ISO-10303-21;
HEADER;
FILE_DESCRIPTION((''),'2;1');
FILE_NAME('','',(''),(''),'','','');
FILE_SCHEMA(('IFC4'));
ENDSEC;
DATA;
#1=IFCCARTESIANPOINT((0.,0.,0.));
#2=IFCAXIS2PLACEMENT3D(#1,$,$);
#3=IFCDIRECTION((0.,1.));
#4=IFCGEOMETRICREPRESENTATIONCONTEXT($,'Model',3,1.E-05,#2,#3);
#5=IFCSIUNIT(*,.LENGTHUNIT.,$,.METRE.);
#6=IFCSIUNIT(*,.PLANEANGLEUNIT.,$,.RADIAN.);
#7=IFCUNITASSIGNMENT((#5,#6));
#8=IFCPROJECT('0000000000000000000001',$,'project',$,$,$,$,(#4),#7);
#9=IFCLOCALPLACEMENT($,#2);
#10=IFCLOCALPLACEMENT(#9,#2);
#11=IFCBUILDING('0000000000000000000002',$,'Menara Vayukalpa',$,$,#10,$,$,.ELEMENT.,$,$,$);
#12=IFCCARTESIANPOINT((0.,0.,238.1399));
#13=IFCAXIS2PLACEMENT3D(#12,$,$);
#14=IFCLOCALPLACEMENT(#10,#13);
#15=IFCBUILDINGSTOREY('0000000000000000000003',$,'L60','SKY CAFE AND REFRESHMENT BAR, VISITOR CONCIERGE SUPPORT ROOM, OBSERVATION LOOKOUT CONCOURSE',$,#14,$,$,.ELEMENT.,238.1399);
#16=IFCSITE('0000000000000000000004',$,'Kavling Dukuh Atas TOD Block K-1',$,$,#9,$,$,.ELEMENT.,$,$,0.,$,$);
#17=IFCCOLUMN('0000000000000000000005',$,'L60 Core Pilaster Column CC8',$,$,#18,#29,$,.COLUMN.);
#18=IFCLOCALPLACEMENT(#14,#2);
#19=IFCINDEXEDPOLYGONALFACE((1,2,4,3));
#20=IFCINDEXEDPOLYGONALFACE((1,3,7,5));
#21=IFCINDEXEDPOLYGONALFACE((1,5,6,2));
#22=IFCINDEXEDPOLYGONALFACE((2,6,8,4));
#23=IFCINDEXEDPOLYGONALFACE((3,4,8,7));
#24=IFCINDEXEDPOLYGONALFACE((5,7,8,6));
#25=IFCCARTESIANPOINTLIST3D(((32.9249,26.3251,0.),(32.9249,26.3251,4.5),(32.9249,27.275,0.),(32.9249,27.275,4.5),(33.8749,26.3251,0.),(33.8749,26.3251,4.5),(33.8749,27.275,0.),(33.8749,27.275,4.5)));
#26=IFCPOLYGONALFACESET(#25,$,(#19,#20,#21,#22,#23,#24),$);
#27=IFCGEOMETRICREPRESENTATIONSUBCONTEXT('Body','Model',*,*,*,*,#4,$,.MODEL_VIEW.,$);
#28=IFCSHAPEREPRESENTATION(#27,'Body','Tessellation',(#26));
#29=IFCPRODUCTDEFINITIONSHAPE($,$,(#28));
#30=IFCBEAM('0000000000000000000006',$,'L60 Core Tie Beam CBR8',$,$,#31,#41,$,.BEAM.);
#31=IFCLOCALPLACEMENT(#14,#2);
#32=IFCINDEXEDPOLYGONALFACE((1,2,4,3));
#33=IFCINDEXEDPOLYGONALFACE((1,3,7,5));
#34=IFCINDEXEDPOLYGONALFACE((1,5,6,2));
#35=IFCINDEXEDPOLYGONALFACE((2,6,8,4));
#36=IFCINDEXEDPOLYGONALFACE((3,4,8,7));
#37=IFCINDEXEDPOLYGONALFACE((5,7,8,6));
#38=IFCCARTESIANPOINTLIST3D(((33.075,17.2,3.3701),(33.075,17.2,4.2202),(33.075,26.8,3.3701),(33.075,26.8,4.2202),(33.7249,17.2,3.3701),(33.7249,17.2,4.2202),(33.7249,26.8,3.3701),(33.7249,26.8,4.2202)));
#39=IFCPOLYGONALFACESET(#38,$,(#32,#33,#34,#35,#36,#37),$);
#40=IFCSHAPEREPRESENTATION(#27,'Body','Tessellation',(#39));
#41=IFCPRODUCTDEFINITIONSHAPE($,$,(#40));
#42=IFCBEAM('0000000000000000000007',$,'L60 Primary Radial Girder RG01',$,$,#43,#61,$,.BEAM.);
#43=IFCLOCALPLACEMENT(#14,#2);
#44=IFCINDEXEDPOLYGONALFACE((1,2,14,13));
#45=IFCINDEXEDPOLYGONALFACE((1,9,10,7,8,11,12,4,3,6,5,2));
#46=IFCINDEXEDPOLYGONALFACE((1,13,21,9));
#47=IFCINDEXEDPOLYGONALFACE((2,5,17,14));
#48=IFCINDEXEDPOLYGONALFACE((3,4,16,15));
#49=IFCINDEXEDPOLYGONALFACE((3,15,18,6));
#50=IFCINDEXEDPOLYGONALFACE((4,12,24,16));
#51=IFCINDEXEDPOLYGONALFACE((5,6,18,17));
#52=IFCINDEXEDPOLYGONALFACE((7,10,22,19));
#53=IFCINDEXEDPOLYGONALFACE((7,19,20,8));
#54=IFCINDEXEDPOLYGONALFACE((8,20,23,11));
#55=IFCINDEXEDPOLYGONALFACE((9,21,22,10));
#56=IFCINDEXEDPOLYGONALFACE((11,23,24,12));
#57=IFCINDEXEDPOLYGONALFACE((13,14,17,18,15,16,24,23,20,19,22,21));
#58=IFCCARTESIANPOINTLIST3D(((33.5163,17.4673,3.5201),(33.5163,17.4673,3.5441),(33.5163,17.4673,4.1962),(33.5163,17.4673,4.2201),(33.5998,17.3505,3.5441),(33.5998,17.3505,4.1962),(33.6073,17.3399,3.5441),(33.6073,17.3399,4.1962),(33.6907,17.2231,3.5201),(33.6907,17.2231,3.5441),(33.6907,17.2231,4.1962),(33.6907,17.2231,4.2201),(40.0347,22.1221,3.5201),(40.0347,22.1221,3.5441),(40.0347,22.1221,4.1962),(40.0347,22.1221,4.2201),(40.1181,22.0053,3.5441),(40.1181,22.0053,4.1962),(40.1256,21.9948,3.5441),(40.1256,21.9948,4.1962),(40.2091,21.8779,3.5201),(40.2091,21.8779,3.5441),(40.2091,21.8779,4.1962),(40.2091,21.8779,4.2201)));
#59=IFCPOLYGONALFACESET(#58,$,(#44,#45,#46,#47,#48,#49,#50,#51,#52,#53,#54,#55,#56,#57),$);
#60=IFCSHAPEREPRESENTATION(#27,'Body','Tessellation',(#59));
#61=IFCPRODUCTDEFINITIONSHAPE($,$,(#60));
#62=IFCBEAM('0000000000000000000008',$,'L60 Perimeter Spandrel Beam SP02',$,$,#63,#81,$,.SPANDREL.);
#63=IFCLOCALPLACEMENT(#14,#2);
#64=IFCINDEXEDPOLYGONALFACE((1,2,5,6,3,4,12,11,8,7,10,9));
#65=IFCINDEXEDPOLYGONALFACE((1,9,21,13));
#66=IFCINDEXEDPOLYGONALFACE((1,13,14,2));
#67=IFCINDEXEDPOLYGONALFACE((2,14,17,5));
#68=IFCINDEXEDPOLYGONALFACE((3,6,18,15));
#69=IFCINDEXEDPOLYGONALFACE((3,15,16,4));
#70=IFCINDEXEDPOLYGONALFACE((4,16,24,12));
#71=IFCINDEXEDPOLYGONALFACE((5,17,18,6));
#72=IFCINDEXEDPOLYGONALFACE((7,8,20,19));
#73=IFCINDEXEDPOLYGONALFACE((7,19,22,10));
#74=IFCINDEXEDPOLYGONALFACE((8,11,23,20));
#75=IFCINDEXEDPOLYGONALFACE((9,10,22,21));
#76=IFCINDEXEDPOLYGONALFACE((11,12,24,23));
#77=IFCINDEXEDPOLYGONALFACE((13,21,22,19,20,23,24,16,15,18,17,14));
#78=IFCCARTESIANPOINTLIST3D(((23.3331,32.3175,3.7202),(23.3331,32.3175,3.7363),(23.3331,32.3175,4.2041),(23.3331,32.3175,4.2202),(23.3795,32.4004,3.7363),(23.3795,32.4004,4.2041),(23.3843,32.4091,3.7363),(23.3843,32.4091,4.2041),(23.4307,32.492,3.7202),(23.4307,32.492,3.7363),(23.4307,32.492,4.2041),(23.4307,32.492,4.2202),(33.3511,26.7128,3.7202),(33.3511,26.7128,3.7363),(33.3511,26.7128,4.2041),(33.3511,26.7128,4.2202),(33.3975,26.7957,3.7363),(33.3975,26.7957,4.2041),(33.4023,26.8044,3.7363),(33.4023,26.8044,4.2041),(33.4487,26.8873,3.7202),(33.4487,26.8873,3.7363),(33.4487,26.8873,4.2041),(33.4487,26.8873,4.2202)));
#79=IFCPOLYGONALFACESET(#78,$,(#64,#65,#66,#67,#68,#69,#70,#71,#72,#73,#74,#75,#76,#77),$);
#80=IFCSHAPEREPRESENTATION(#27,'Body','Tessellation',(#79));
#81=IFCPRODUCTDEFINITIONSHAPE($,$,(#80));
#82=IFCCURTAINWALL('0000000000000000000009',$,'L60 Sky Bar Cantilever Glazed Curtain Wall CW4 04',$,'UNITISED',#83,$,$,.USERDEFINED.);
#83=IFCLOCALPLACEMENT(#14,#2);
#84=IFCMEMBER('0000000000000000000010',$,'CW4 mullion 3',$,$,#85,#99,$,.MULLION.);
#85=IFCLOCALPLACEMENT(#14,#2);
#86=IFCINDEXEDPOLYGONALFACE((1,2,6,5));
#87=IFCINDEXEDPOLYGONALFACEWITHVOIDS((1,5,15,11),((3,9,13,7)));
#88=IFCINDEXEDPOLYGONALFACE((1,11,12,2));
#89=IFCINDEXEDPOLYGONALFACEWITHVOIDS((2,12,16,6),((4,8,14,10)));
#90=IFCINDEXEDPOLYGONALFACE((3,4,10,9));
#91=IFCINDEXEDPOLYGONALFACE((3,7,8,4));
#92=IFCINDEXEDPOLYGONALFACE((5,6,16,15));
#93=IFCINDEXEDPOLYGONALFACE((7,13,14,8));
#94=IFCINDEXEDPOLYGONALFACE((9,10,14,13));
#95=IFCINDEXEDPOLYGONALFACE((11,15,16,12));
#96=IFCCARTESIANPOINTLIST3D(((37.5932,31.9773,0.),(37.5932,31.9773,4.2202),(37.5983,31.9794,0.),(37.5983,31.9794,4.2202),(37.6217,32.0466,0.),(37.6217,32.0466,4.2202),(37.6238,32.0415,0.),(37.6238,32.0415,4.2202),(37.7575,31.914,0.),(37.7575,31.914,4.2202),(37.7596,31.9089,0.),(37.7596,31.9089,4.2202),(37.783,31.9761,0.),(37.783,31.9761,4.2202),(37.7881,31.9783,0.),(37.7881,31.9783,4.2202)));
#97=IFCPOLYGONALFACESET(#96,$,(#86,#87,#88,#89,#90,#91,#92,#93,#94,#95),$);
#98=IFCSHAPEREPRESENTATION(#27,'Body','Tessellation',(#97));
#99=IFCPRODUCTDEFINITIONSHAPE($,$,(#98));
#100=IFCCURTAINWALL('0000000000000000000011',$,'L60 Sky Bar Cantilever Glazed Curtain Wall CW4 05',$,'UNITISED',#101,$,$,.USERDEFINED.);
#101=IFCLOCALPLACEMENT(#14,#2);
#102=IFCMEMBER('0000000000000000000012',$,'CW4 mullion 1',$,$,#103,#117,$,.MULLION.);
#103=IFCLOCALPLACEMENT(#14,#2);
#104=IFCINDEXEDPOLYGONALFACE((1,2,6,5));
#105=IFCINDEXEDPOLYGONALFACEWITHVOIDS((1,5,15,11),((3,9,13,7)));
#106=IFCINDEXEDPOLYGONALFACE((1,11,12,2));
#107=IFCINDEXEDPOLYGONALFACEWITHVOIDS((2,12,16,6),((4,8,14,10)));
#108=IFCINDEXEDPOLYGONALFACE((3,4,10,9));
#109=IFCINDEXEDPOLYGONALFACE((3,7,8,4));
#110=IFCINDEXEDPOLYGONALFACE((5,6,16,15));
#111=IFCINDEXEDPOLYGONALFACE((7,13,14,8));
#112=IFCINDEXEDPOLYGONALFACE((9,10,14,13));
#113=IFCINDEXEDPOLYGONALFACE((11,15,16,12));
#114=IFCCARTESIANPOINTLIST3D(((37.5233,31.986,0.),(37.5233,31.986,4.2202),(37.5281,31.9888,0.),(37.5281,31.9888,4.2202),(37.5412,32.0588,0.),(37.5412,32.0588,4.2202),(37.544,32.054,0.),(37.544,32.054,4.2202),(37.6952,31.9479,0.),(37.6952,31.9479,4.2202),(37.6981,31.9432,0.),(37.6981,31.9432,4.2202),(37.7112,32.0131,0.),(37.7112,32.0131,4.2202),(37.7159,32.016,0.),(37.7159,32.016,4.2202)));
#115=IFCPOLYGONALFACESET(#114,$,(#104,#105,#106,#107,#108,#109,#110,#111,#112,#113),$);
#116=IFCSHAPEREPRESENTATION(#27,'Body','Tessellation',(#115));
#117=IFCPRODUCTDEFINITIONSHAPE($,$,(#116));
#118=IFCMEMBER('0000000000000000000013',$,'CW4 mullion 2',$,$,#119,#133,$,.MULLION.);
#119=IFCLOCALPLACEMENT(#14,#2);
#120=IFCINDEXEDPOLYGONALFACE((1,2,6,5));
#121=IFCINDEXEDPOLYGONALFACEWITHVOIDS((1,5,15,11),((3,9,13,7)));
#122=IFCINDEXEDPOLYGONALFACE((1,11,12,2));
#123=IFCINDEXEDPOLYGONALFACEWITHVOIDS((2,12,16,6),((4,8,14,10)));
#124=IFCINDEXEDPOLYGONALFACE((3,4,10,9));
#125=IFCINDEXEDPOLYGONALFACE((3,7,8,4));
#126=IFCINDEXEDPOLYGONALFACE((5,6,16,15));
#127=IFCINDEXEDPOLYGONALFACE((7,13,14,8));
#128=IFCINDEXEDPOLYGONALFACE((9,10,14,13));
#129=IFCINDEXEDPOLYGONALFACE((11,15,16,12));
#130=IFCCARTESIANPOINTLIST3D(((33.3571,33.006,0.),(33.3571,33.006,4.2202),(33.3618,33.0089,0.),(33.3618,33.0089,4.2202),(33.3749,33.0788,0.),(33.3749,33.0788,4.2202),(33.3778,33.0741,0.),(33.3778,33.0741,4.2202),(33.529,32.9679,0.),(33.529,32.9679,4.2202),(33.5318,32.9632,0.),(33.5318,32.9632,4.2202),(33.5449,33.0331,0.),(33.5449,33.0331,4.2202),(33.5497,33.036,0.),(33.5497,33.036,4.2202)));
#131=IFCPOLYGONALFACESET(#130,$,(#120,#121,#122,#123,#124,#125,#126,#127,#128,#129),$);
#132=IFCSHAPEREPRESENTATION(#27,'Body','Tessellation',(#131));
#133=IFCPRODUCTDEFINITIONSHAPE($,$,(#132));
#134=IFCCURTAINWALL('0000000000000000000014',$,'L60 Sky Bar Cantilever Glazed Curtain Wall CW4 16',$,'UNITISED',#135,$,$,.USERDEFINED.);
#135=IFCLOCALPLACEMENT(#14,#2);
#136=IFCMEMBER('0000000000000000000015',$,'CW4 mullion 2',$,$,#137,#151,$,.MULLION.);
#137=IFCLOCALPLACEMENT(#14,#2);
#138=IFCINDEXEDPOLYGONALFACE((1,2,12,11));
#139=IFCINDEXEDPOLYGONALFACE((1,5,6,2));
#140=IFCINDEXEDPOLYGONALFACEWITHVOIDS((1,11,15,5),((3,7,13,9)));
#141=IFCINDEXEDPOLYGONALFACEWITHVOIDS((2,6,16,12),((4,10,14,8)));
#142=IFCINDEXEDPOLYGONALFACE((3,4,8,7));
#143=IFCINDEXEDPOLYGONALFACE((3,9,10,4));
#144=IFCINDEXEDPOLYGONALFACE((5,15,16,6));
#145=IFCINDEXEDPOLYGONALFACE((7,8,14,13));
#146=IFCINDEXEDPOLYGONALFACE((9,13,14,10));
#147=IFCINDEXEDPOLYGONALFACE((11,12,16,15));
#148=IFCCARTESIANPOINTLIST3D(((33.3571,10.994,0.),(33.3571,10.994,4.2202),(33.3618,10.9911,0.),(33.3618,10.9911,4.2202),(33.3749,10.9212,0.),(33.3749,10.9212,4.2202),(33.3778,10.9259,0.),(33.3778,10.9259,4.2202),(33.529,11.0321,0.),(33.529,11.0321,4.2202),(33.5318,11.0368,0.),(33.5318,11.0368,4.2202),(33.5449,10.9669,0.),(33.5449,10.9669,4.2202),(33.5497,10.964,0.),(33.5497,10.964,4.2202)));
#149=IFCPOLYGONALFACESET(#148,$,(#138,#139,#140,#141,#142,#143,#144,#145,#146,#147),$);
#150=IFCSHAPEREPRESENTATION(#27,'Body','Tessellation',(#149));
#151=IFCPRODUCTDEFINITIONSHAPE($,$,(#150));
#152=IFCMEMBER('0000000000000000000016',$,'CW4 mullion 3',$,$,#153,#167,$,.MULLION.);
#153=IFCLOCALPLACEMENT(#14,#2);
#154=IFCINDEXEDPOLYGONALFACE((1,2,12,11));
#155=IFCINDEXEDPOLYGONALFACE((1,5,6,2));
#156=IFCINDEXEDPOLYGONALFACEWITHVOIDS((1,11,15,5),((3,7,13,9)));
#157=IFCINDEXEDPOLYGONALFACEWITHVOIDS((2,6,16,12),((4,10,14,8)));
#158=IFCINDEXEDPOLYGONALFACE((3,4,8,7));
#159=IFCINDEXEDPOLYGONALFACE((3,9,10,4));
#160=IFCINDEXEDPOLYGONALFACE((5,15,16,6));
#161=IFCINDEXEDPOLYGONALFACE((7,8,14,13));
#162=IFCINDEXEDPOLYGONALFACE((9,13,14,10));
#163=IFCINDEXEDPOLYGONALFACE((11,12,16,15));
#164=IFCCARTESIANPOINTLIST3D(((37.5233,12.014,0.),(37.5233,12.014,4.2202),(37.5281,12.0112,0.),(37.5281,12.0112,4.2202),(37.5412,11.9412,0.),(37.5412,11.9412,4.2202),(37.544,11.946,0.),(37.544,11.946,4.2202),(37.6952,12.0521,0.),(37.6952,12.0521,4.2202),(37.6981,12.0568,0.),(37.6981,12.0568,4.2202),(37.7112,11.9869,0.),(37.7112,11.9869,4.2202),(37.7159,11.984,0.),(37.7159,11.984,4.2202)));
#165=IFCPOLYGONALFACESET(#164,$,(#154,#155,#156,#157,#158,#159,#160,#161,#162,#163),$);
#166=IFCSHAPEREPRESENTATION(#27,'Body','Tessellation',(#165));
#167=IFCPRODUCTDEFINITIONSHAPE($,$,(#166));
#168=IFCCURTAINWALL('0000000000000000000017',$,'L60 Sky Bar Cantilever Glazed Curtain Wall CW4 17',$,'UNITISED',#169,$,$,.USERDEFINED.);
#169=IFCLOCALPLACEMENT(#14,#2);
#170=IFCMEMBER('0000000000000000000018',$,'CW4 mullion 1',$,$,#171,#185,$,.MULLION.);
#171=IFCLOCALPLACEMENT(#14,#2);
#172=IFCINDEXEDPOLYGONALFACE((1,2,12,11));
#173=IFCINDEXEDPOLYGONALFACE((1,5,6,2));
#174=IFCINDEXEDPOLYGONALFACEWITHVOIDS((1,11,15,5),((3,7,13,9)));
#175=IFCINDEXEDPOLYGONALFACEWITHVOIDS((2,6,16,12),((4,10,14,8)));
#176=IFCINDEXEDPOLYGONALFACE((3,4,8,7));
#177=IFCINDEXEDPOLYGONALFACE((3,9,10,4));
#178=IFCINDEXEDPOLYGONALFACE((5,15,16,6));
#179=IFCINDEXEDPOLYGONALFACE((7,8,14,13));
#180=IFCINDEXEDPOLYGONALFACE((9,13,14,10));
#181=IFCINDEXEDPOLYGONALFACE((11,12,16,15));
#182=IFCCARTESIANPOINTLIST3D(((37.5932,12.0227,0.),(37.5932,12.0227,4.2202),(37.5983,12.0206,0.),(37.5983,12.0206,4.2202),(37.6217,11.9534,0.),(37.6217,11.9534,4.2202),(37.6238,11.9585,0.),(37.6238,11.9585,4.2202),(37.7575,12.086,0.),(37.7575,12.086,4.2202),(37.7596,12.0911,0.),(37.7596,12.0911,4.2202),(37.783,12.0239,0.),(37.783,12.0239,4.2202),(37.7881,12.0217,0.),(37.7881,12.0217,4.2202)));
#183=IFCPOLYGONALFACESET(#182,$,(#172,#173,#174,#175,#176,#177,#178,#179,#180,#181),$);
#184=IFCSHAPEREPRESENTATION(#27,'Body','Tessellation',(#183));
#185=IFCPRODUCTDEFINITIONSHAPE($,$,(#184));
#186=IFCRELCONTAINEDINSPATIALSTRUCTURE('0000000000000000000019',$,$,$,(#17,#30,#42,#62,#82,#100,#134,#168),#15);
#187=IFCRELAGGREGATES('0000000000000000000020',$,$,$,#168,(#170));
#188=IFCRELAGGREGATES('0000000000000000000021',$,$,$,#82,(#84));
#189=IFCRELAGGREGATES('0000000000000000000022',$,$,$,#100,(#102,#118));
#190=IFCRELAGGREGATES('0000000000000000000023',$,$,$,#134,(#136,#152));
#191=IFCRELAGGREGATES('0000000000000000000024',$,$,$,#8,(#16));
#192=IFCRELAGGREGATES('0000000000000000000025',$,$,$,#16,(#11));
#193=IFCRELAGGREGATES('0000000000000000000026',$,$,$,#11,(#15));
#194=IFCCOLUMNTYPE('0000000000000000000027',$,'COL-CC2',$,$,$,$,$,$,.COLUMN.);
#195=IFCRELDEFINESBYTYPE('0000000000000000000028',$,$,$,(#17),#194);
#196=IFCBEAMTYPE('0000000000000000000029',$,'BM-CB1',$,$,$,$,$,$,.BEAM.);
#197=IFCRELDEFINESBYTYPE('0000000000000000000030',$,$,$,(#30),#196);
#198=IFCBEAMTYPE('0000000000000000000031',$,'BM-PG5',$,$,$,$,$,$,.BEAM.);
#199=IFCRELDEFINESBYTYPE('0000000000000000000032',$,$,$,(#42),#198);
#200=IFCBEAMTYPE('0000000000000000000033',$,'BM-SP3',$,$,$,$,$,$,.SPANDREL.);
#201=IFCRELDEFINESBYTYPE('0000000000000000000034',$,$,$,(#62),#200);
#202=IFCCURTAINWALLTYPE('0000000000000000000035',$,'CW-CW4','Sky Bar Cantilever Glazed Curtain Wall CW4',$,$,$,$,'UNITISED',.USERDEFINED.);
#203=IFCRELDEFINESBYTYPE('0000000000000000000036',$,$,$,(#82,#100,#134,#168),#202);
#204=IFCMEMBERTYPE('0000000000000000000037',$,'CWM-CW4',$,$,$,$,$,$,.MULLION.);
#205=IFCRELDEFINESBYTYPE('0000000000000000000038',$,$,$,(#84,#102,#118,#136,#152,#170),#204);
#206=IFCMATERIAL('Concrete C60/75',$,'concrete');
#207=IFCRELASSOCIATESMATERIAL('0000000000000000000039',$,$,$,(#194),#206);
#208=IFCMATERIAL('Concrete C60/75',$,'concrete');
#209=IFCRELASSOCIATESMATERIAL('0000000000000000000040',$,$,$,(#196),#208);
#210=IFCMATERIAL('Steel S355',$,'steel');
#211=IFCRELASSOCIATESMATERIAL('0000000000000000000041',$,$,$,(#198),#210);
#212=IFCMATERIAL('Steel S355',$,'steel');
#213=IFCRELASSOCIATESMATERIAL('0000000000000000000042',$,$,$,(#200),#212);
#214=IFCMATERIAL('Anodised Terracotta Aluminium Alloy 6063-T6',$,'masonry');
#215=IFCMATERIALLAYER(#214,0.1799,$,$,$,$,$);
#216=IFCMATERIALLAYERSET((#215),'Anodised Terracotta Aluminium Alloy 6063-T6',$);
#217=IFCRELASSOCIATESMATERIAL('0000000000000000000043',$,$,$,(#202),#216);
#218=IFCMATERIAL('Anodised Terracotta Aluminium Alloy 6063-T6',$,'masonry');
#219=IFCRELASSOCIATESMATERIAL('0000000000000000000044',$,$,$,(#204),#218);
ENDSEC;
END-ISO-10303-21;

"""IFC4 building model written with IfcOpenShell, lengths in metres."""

from ifc_helpers import new_model, si_unit, direction, frame, origin, origin_2d, place, context, subcontext, project, spatial, rectangle, hollow_rectangle, i_section, extrude, material, layer, layer_set, material_profile, profile_set, type_object, element, aggregate, save


model = new_model("IFC4")

# Units and contexts
model_context = context("Model", 3, precision=1e-05, world=origin(), true_north=direction((0.0, 1.0)))
body_context = subcontext(model_context, "Body", "Model", "MODEL_VIEW")
ifc_project = project(units=[si_unit("LENGTHUNIT", "METRE"), si_unit("PLANEANGLEUNIT", "RADIAN")], contexts=[model_context])

# Site, building, storey
site_placement = place(None, origin())
site = spatial("IfcSite", under=ifc_project, at=site_placement, Name="Kavling Dukuh Atas TOD Block K-1", CompositionType="ELEMENT", RefElevation=0.0)
building_placement = place(site_placement, origin())
building = spatial("IfcBuilding", under=site, at=building_placement, Name="Menara Vayukalpa", CompositionType="ELEMENT")
storey_placement = place(building_placement, frame((0.0, 0.0, 238.1399)))
storey = spatial("IfcBuildingStorey", under=building, at=storey_placement, Name="L60", Description="SKY CAFE AND REFRESHMENT BAR, VISITOR CONCIERGE SUPPORT ROOM, OBSERVATION LOOKOUT CONCOURSE", CompositionType="ELEMENT", Elevation=238.1399)

# Column
ifc_material_1 = material(Name="Concrete C60/75", Category="concrete")
ifc_material_profile_1 = material_profile(ifc_material_1, rectangle(XDim=0.95, YDim=0.95, at=origin_2d()), Name="RC 950x950")
ifc_profile_set_1 = profile_set([ifc_material_profile_1], Name="Concrete C60/75")
column_type = type_object("IfcColumnType", Name="COL-CC2", PredefinedType="COLUMN", material=ifc_profile_set_1)
column_placement = place(storey_placement, frame((33.3999, 26.8, 0.0), z_axis=(0.0, 0.0, 1.0), x_axis=(1.0, 0.0, 0.0)))
element("IfcColumn", 1, at=column_placement, inside=storey, type_object=column_type, Name="L60 Core Pilaster Column CC8", PredefinedType="COLUMN", context=body_context, shape_type="SweptSolid", body=[
    extrude(rectangle(XDim=0.95, YDim=0.95, at=origin_2d()), origin(), (0.0, 0.0, 1.0), 4.5),
])

# Beams
ifc_material_2 = material(Name="Concrete C60/75", Category="concrete")
ifc_material_profile_2 = material_profile(ifc_material_2, rectangle(XDim=0.6499, YDim=0.8501, at=origin_2d()), Name="RC 650x850")
ifc_profile_set_2 = profile_set([ifc_material_profile_2], Name="Concrete C60/75")
beam_type_1 = type_object("IfcBeamType", Name="BM-CB1", PredefinedType="BEAM", material=ifc_profile_set_2)
beam_1_placement = place(storey_placement, frame((33.3999, 17.2, 3.7952), z_axis=(0.0, 1.0, 0.0), x_axis=(-1.0, 0.0, 0.0)))
element("IfcBeam", 2, at=beam_1_placement, inside=storey, type_object=beam_type_1, Name="L60 Core Tie Beam CBR8", PredefinedType="BEAM", context=body_context, shape_type="SweptSolid", body=[
    extrude(rectangle(XDim=0.6499, YDim=0.8501, at=origin_2d()), origin(), (0.0, 0.0, 1.0), 9.6001),
])
ifc_material_3 = material(Name="Steel S355", Category="steel")
ifc_material_profile_3 = material_profile(ifc_material_3, i_section(OverallWidth=0.3, OverallDepth=0.7, WebThickness=0.0129, FlangeThickness=0.0239, at=origin_2d()), Name="WF 700x300x13x24")
ifc_profile_set_3 = profile_set([ifc_material_profile_3], Name="Steel S355")
beam_type_2 = type_object("IfcBeamType", Name="BM-PG5", PredefinedType="BEAM", material=ifc_profile_set_3)
beam_2_placement = place(storey_placement, frame((33.6035, 17.3452, 3.8701), z_axis=(0.813801, 0.581143, 0.0), x_axis=(-0.581143, 0.813801, 0.0)))
element("IfcBeam", 3, at=beam_2_placement, inside=storey, type_object=beam_type_2, Name="L60 Primary Radial Girder RG01", PredefinedType="BEAM", context=body_context, shape_type="SweptSolid", body=[
    extrude(i_section(OverallWidth=0.3, OverallDepth=0.7, WebThickness=0.0129, FlangeThickness=0.0239, at=origin_2d()), origin(), (0.0, 0.0, 1.0), 8.0098),
])
ifc_material_4 = material(Name="Steel S355", Category="steel")
ifc_material_profile_4 = material_profile(ifc_material_4, i_section(OverallWidth=0.2, OverallDepth=0.5, WebThickness=0.01, FlangeThickness=0.0161, at=origin_2d()), Name="WF 500x200x10x16")
ifc_profile_set_4 = profile_set([ifc_material_profile_4], Name="Steel S355")
beam_type_3 = type_object("IfcBeamType", Name="BM-SP3", PredefinedType="SPANDREL", material=ifc_profile_set_4)
beam_3_placement = place(storey_placement, frame((33.3999, 26.8, 3.9702), z_axis=(-0.872706, 0.488246, 0.0), x_axis=(-0.488246, -0.872706, 0.0)))
element("IfcBeam", 4, at=beam_3_placement, inside=storey, type_object=beam_type_3, Name="L60 Perimeter Spandrel Beam SP02", PredefinedType="SPANDREL", context=body_context, shape_type="SweptSolid", body=[
    extrude(i_section(OverallWidth=0.2, OverallDepth=0.5, WebThickness=0.01, FlangeThickness=0.0161, at=origin_2d()), origin(), (0.0, 0.0, 1.0), 11.4792),
])

# Curtain wall, member
ifc_material_5 = material(Name="Anodised Terracotta Aluminium Alloy 6063-T6", Category="masonry")
ifc_layer_1 = layer(ifc_material_5, 0.1799)
ifc_layer_set_1 = layer_set([ifc_layer_1], Name="Anodised Terracotta Aluminium Alloy 6063-T6")
curtain_wall_type = type_object("IfcCurtainWallType", Name="CW-CW4", Description="Sky Bar Cantilever Glazed Curtain Wall CW4", ElementType="UNITISED", PredefinedType="USERDEFINED", material=ifc_layer_set_1)
curtain_wall_1_placement = place(storey_placement, origin())
curtain_wall_1 = element("IfcCurtainWall", 5, at=curtain_wall_1_placement, inside=storey, type_object=curtain_wall_type, Name="L60 Sky Bar Cantilever Glazed Curtain Wall CW4 04", ObjectType="UNITISED", PredefinedType="USERDEFINED")
ifc_material_6 = material(Name="Anodised Terracotta Aluminium Alloy 6063-T6", Category="masonry")
ifc_material_profile_5 = material_profile(ifc_material_6, hollow_rectangle(XDim=0.075, YDim=0.1799, WallThickness=0.0039, at=origin_2d()), Name="ALU 75x180x4")
ifc_profile_set_5 = profile_set([ifc_material_profile_5], Name="Anodised Terracotta Aluminium Alloy 6063-T6")
member_type_1 = type_object("IfcMemberType", Name="CWM-CW4", PredefinedType="MULLION", material=ifc_profile_set_5)
member_1_placement = place(storey_placement, frame((37.6907, 31.9778, 0.0), z_axis=(0.0, 0.0, 1.0), x_axis=(-0.380039, -0.92497, 0.0)))
member_1 = element("IfcMember", 6, at=member_1_placement, type_object=member_type_1, Name="CW4 mullion 3", PredefinedType="MULLION", context=body_context, shape_type="SweptSolid", body=[
    extrude(hollow_rectangle(XDim=0.075, YDim=0.1799, WallThickness=0.0039, at=origin_2d()), origin(), (0.0, 0.0, 1.0), 4.2202),
])

# Curtain walls, members
curtain_wall_2_placement = place(storey_placement, origin())
curtain_wall_2 = element("IfcCurtainWall", 7, at=curtain_wall_2_placement, inside=storey, type_object=curtain_wall_type, Name="L60 Sky Bar Cantilever Glazed Curtain Wall CW4 05", ObjectType="UNITISED", PredefinedType="USERDEFINED")
member_2_placement = place(storey_placement, frame((37.6196, 32.001, 0.0), z_axis=(0.0, 0.0, 1.0), x_axis=(-0.23781, -0.971312, 0.0)))
member_2 = element("IfcMember", 8, at=member_2_placement, type_object=member_type_1, Name="CW4 mullion 1", PredefinedType="MULLION", context=body_context, shape_type="SweptSolid", body=[
    extrude(hollow_rectangle(XDim=0.075, YDim=0.1799, WallThickness=0.0039, at=origin_2d()), origin(), (0.0, 0.0, 1.0), 4.2202),
])
member_3_placement = place(storey_placement, frame((33.4534, 33.021, 0.0), z_axis=(0.0, 0.0, 1.0), x_axis=(-0.23781, -0.971312, 0.0)))
member_3 = element("IfcMember", 9, at=member_3_placement, type_object=member_type_1, Name="CW4 mullion 2", PredefinedType="MULLION", context=body_context, shape_type="SweptSolid", body=[
    extrude(hollow_rectangle(XDim=0.075, YDim=0.1799, WallThickness=0.0039, at=origin_2d()), origin(), (0.0, 0.0, 1.0), 4.2202),
])
curtain_wall_3_placement = place(storey_placement, origin())
curtain_wall_3 = element("IfcCurtainWall", 10, at=curtain_wall_3_placement, inside=storey, type_object=curtain_wall_type, Name="L60 Sky Bar Cantilever Glazed Curtain Wall CW4 16", ObjectType="UNITISED", PredefinedType="USERDEFINED")
member_4_placement = place(storey_placement, frame((33.4534, 10.979, 0.0), z_axis=(0.0, 0.0, 1.0), x_axis=(-0.23781, 0.971312, 0.0)))
member_4 = element("IfcMember", 11, at=member_4_placement, type_object=member_type_1, Name="CW4 mullion 2", PredefinedType="MULLION", context=body_context, shape_type="SweptSolid", body=[
    extrude(hollow_rectangle(XDim=0.075, YDim=0.1799, WallThickness=0.0039, at=origin_2d()), origin(), (0.0, 0.0, 1.0), 4.2202),
])
member_5_placement = place(storey_placement, frame((37.6196, 11.999, 0.0), z_axis=(0.0, 0.0, 1.0), x_axis=(-0.23781, 0.971312, 0.0)))
member_5 = element("IfcMember", 12, at=member_5_placement, type_object=member_type_1, Name="CW4 mullion 3", PredefinedType="MULLION", context=body_context, shape_type="SweptSolid", body=[
    extrude(hollow_rectangle(XDim=0.075, YDim=0.1799, WallThickness=0.0039, at=origin_2d()), origin(), (0.0, 0.0, 1.0), 4.2202),
])

# Curtain wall, member
curtain_wall_4_placement = place(storey_placement, origin())
curtain_wall_4 = element("IfcCurtainWall", 13, at=curtain_wall_4_placement, inside=storey, type_object=curtain_wall_type, Name="L60 Sky Bar Cantilever Glazed Curtain Wall CW4 17", ObjectType="UNITISED", PredefinedType="USERDEFINED")
member_6_placement = place(storey_placement, frame((37.6907, 12.0222, 0.0), z_axis=(0.0, 0.0, 1.0), x_axis=(-0.380039, 0.92497, 0.0)))
member_6 = element("IfcMember", 14, at=member_6_placement, type_object=member_type_1, Name="CW4 mullion 1", PredefinedType="MULLION", context=body_context, shape_type="SweptSolid", body=[
    extrude(hollow_rectangle(XDim=0.075, YDim=0.1799, WallThickness=0.0039, at=origin_2d()), origin(), (0.0, 0.0, 1.0), 4.2202),
])

aggregate(curtain_wall_4, [member_6])

aggregate(curtain_wall_1, [member_1])
aggregate(curtain_wall_2, [member_2, member_3])
aggregate(curtain_wall_3, [member_4, member_5])

save(model, "model.ifc")
